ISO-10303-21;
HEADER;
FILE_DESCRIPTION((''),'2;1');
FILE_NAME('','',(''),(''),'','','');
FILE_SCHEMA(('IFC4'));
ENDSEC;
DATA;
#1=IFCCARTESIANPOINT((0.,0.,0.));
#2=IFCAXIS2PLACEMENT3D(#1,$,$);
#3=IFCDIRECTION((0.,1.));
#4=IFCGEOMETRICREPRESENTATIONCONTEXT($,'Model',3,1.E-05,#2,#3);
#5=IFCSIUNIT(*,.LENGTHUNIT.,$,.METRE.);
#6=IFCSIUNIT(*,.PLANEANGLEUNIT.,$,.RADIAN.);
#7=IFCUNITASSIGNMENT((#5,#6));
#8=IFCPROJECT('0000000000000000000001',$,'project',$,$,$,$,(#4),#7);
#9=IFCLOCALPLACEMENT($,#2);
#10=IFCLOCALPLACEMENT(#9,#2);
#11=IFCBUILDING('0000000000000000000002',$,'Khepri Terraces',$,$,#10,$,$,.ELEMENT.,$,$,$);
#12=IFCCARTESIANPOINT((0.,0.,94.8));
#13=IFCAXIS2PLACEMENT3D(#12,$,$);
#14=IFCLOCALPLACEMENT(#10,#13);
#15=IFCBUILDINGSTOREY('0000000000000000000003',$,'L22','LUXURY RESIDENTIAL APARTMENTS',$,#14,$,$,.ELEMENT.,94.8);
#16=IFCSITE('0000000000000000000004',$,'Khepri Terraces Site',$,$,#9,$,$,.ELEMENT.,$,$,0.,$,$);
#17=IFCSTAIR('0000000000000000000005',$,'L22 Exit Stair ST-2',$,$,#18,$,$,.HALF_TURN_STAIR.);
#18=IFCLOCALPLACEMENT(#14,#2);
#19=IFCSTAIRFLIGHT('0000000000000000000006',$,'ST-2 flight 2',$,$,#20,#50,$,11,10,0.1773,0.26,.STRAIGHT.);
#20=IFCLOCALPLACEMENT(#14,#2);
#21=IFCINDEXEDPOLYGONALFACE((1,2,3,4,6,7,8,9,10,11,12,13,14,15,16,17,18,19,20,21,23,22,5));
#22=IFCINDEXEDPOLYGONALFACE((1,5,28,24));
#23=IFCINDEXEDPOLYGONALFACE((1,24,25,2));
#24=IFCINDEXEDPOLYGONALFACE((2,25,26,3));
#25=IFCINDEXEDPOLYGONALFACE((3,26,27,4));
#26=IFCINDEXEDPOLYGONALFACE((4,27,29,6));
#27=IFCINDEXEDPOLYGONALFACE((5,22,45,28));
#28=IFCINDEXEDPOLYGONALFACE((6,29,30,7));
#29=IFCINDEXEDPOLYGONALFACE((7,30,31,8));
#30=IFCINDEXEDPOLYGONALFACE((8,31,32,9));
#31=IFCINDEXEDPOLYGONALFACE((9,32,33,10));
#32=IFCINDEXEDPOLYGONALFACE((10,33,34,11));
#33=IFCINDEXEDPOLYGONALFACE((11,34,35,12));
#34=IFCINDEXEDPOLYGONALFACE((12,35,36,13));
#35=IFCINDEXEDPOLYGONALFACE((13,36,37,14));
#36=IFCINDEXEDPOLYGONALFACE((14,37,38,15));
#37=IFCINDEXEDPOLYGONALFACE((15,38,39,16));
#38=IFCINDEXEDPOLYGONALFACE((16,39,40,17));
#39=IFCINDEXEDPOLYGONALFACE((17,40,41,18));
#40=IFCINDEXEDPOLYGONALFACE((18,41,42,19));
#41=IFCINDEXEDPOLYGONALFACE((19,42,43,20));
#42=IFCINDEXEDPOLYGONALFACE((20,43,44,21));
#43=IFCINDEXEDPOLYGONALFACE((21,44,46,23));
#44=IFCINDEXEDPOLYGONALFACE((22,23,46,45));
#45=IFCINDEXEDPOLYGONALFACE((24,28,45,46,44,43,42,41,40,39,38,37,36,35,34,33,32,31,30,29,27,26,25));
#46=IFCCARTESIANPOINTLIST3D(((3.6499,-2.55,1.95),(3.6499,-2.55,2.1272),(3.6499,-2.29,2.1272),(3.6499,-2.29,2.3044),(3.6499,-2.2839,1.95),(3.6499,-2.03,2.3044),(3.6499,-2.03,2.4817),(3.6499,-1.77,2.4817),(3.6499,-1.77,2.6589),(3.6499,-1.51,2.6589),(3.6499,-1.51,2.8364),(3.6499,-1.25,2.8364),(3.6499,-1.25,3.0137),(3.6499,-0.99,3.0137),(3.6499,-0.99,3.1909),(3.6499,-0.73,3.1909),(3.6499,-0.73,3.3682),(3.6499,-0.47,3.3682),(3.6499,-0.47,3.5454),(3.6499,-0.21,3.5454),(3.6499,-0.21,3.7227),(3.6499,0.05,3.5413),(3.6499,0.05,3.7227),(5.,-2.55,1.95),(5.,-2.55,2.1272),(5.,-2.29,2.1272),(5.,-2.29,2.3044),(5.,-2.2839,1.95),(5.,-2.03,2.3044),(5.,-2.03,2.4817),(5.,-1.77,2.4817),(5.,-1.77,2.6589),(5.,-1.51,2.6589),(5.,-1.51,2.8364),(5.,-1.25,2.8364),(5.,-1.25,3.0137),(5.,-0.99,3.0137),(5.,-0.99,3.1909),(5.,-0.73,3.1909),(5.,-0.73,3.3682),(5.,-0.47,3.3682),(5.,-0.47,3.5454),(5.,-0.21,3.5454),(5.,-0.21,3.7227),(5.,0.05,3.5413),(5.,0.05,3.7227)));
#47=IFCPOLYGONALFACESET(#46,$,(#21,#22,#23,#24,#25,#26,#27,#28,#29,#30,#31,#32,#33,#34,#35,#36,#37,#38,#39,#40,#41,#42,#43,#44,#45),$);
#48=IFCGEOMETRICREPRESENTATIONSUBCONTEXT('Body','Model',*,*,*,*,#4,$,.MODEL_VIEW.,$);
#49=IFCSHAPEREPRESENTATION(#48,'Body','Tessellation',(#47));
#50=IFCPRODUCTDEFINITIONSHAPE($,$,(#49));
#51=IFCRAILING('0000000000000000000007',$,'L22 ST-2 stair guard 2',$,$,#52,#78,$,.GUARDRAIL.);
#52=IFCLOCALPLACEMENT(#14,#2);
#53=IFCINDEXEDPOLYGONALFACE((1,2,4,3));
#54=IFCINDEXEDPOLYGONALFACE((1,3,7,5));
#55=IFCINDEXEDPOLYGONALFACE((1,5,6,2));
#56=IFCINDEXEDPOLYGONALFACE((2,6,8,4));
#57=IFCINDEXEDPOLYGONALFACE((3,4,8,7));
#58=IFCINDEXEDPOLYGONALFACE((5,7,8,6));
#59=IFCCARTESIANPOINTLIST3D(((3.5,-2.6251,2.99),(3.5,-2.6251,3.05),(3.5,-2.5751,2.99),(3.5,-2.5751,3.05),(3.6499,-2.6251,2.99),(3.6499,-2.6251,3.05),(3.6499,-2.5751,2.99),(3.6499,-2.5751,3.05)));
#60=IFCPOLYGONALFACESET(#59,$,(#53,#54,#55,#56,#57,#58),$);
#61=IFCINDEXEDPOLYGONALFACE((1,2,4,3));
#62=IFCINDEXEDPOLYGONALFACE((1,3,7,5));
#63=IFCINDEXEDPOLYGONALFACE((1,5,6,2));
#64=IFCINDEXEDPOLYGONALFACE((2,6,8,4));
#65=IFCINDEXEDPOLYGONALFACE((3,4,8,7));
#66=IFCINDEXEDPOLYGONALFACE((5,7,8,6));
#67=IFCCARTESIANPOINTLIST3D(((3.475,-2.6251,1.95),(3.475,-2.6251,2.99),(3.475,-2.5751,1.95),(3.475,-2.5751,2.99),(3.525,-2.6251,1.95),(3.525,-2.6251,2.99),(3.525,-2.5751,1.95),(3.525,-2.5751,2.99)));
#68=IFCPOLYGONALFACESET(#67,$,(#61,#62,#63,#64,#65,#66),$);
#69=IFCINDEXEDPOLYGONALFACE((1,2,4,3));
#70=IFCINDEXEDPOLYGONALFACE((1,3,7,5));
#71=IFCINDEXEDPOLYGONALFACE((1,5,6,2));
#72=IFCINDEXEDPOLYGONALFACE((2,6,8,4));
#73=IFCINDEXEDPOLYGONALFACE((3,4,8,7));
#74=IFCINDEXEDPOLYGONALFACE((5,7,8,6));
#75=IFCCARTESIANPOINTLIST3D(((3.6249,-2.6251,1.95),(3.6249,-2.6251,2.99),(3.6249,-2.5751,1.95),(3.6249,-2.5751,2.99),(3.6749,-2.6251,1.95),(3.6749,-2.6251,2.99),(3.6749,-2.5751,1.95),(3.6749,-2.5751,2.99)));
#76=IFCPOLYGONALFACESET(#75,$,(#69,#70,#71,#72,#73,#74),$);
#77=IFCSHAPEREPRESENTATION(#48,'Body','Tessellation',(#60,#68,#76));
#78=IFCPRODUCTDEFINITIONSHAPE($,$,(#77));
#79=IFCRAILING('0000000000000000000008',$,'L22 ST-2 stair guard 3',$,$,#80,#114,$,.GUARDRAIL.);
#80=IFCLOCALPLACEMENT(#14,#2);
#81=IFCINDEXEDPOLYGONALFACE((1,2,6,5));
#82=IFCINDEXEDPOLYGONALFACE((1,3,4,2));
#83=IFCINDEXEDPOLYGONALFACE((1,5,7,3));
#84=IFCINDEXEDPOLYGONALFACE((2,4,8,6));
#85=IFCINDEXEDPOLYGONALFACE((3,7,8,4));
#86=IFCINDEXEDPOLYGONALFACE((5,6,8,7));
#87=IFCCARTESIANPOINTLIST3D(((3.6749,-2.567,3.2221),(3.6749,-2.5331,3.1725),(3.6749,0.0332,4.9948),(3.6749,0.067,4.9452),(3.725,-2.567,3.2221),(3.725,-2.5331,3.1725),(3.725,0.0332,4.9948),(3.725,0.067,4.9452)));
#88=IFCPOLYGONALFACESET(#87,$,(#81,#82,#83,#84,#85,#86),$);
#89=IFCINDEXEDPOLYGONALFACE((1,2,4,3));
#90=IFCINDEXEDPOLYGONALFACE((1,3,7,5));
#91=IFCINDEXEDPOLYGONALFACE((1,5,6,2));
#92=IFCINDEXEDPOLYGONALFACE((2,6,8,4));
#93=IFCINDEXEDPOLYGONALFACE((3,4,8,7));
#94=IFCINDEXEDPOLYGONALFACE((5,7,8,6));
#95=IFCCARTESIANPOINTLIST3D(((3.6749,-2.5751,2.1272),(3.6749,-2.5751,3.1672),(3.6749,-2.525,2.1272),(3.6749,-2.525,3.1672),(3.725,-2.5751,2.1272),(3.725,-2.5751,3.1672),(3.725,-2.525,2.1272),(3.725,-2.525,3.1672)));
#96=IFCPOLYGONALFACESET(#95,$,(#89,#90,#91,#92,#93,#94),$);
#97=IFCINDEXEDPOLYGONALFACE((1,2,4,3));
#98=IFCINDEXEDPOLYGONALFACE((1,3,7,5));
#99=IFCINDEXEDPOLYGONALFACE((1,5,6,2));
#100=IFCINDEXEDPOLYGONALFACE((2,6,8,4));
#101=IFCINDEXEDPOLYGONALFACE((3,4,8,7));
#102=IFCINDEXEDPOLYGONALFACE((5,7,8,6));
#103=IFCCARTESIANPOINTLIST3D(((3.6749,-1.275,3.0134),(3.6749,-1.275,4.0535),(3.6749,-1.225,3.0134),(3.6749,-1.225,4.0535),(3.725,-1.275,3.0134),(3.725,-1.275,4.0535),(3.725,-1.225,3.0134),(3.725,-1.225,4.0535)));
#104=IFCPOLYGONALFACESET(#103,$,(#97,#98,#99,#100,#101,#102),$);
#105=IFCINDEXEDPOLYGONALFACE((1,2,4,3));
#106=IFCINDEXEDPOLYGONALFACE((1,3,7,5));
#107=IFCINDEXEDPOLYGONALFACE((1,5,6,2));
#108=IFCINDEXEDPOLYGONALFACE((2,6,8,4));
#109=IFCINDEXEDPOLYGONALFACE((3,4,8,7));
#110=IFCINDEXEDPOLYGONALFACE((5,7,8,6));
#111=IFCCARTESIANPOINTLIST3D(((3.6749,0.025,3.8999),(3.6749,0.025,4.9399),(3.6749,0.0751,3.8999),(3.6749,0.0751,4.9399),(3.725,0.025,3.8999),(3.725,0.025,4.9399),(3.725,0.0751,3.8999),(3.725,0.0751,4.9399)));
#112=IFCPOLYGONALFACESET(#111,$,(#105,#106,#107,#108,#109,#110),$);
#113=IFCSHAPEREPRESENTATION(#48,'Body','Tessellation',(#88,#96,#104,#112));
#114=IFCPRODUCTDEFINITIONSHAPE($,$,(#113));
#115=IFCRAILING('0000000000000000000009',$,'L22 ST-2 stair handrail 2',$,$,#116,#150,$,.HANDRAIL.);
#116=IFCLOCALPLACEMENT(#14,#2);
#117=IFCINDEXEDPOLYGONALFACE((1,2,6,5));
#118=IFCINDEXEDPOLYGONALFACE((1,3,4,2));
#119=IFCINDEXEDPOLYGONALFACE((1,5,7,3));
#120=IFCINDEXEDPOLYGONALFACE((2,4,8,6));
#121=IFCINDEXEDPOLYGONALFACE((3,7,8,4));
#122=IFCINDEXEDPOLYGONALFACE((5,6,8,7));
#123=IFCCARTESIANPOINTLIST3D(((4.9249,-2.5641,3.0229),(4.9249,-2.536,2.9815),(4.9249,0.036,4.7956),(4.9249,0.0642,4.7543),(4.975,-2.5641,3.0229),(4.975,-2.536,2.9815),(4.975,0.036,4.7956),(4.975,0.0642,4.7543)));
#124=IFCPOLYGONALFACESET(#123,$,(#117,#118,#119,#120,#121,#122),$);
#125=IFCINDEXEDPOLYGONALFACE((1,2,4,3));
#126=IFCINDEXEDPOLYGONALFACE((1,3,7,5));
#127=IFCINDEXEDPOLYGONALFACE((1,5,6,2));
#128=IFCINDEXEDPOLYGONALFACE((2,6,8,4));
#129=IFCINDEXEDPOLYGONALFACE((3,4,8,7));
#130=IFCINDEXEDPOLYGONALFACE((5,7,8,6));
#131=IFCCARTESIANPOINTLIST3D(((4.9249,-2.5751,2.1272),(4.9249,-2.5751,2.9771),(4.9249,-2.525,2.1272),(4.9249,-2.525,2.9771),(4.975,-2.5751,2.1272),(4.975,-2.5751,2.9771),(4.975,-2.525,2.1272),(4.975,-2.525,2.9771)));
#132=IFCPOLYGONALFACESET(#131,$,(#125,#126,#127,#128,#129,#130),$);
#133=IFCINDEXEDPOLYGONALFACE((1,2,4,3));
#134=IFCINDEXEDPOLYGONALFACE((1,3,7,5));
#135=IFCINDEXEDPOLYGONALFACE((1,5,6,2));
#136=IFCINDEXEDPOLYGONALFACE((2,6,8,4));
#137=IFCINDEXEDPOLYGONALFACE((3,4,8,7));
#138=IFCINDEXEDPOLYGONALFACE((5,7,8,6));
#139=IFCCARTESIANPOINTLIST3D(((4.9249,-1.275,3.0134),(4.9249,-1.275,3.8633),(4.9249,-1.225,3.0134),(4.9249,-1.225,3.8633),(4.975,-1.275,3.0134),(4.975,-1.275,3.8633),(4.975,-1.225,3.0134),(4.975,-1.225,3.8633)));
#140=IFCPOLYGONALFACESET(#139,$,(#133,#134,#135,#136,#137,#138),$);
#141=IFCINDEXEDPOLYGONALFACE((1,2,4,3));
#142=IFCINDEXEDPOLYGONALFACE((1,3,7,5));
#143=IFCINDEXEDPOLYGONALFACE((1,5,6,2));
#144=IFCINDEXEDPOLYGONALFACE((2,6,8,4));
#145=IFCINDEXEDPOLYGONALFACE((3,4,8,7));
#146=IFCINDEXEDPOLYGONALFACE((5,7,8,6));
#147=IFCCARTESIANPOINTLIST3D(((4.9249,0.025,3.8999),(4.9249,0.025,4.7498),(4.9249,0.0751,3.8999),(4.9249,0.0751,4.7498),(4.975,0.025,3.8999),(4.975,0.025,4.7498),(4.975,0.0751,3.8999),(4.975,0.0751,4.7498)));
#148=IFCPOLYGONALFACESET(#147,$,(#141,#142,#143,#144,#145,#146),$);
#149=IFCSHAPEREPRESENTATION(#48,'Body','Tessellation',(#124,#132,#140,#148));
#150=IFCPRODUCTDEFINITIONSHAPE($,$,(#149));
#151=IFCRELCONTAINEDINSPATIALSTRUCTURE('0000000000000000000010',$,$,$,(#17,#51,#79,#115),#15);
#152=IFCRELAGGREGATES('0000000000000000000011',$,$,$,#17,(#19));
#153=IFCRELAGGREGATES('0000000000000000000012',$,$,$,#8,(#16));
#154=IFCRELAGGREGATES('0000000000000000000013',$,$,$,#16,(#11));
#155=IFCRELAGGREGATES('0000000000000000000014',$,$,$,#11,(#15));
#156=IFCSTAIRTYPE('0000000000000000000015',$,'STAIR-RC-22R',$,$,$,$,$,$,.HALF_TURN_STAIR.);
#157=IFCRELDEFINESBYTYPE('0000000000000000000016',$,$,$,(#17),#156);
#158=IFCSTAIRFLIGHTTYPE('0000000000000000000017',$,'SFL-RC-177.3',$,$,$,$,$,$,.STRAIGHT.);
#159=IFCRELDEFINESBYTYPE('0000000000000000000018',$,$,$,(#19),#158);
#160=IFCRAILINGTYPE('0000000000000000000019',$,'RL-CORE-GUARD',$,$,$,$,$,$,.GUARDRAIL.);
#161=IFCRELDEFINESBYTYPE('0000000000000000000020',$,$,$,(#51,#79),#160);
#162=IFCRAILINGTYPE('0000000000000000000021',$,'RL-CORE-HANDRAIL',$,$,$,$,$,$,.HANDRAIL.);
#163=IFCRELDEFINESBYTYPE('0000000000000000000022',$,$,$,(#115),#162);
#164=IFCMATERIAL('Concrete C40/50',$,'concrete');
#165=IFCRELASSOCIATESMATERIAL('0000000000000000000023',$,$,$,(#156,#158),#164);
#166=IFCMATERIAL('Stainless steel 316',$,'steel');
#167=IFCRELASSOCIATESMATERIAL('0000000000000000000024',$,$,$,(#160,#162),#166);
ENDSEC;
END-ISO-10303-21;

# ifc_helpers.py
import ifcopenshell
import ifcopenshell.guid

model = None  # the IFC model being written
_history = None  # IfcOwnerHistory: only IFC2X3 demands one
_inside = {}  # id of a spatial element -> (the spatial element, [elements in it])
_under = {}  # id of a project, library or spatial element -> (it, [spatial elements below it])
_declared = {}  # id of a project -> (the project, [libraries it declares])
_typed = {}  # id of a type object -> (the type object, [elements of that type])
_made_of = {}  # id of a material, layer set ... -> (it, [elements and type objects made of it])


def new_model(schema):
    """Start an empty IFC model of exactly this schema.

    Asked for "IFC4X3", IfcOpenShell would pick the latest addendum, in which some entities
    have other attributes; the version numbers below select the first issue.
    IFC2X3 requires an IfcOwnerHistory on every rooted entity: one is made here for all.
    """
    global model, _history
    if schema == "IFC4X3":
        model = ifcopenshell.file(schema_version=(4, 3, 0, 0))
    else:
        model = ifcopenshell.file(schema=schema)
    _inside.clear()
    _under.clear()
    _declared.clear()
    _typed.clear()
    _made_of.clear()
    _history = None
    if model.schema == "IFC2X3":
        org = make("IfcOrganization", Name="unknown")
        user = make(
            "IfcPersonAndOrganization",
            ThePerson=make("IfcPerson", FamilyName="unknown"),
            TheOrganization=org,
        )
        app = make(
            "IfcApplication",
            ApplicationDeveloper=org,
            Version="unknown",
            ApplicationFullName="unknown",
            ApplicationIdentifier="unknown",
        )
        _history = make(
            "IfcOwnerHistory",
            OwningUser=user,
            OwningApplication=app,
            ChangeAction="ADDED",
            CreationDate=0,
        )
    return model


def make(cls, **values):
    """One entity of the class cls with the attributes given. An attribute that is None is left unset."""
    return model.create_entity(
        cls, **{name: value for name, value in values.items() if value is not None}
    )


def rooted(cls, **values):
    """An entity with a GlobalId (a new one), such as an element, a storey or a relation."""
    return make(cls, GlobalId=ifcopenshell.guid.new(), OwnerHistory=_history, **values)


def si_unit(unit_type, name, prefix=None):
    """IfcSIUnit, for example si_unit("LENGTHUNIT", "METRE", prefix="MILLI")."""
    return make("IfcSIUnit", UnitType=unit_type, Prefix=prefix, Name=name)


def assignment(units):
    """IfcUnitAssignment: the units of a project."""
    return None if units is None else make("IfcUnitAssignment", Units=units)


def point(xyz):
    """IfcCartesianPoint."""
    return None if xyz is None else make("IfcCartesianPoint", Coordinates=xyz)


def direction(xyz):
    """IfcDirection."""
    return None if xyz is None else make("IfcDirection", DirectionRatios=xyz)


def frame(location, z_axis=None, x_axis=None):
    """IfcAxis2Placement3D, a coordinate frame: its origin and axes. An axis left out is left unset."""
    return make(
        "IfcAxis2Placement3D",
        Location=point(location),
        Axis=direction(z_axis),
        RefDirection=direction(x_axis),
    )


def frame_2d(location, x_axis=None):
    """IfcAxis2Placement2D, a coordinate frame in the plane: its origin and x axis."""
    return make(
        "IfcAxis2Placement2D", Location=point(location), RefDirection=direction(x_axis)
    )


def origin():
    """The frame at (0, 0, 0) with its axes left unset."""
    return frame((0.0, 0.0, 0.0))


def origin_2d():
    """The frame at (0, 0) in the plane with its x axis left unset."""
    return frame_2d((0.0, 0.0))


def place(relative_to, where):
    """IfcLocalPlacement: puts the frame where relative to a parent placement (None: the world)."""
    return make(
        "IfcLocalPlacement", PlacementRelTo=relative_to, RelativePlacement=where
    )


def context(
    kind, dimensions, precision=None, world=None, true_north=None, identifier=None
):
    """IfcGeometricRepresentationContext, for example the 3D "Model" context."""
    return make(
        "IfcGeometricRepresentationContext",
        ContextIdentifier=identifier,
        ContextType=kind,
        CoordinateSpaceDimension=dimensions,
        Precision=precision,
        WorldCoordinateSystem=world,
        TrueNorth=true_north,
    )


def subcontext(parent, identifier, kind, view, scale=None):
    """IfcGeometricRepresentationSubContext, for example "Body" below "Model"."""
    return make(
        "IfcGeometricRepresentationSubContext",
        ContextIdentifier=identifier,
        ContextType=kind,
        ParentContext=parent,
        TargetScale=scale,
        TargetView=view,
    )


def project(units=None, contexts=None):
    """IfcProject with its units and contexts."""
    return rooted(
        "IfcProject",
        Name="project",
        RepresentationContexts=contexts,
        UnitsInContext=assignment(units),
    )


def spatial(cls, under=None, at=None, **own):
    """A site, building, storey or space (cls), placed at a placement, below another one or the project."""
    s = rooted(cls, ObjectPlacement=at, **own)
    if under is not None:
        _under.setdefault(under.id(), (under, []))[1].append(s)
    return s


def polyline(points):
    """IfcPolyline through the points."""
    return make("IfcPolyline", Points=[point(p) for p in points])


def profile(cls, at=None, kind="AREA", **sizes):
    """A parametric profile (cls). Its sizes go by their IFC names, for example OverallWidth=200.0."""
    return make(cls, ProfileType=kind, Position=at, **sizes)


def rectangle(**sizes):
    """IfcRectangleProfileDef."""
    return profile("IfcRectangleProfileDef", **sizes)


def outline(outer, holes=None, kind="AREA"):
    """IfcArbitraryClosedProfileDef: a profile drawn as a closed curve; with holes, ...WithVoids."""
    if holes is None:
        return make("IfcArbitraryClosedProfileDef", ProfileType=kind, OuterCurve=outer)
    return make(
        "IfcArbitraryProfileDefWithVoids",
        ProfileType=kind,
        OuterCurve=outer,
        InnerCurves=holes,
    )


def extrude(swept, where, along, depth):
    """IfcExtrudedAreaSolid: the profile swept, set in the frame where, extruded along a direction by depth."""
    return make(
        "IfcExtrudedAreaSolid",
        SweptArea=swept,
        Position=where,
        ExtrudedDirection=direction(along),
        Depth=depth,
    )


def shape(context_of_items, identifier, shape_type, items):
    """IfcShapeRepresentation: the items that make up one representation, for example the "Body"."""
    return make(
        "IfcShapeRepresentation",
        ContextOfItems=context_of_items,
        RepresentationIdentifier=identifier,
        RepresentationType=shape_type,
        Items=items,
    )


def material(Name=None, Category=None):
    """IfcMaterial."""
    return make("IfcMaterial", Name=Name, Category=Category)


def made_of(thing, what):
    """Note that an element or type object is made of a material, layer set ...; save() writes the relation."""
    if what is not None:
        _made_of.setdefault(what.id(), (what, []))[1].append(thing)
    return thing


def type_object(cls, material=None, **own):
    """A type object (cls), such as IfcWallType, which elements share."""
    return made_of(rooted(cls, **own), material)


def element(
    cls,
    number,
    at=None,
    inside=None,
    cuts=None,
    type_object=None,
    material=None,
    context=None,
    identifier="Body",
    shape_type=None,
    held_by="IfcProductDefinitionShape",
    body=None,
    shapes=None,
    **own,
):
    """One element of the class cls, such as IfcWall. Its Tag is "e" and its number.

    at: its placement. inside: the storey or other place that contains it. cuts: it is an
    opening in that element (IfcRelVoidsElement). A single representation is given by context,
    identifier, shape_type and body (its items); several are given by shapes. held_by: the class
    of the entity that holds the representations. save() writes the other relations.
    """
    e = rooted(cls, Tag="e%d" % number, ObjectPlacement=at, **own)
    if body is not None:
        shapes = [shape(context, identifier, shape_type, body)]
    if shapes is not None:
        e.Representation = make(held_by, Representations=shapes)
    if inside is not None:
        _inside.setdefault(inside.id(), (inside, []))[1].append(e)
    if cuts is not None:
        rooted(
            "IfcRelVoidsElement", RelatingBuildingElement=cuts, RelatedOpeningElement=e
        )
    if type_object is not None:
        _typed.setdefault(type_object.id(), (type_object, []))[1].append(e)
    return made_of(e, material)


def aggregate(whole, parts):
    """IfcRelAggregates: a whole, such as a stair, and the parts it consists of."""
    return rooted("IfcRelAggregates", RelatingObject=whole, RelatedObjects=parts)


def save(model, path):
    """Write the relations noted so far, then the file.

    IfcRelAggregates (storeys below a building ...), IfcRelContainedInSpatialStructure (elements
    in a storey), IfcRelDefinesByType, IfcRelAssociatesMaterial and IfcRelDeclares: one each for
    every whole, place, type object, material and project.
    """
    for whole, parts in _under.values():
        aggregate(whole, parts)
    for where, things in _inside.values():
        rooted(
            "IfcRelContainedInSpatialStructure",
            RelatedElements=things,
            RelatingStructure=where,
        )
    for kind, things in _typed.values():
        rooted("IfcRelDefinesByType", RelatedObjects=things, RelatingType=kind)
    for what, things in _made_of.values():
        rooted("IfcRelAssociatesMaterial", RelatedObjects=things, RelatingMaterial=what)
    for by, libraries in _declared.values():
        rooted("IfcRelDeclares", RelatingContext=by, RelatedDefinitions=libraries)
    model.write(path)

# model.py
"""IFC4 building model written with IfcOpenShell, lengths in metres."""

from ifc_helpers import new_model, si_unit, direction, frame, origin, origin_2d, place, context, subcontext, project, spatial, polyline, rectangle, outline, extrude, material, type_object, element, aggregate, save


model = new_model("IFC4")

# Units and contexts
model_context = context("Model", 3, precision=1e-05, world=origin(), true_north=direction((0.0, 1.0)))
body_context = subcontext(model_context, "Body", "Model", "MODEL_VIEW")
ifc_project = project(units=[si_unit("LENGTHUNIT", "METRE"), si_unit("PLANEANGLEUNIT", "RADIAN")], contexts=[model_context])

# Site, building, storey
site_placement = place(None, origin())
site = spatial("IfcSite", under=ifc_project, at=site_placement, Name="Khepri Terraces Site", CompositionType="ELEMENT", RefElevation=0.0)
building_placement = place(site_placement, origin())
building = spatial("IfcBuilding", under=site, at=building_placement, Name="Khepri Terraces", CompositionType="ELEMENT")
storey_placement = place(building_placement, frame((0.0, 0.0, 94.8)))
storey = spatial("IfcBuildingStorey", under=building, at=storey_placement, Name="L22", Description="LUXURY RESIDENTIAL APARTMENTS", CompositionType="ELEMENT", Elevation=94.8)

# Stair, stair flight
ifc_material_1 = material(Name="Concrete C40/50", Category="concrete")
stair_type = type_object("IfcStairType", Name="STAIR-RC-22R", PredefinedType="HALF_TURN_STAIR", material=ifc_material_1)
stair_placement = place(storey_placement, origin())
stair = element("IfcStair", 1, at=stair_placement, inside=storey, type_object=stair_type, Name="L22 Exit Stair ST-2", PredefinedType="HALF_TURN_STAIR")
stair_flight_type = type_object("IfcStairFlightType", Name="SFL-RC-177.3", PredefinedType="STRAIGHT", material=ifc_material_1)
stair_flight_placement = place(storey_placement, frame((4.325, -2.55, 1.95), z_axis=(0.0, 0.0, 1.0), x_axis=(0.0, 1.0, 0.0)))
stair_flight = element("IfcStairFlight", 2, at=stair_flight_placement, type_object=stair_flight_type, Name="ST-2 flight 2", NumberOfRisers=11, NumberOfTreads=10, PredefinedType="STRAIGHT", RiserHeight=0.1773, TreadLength=0.26, context=body_context, shape_type="SweptSolid", body=[
    extrude(outline(polyline([(0.0, 0.0), (0.0, 0.1772), (0.26, 0.1772), (0.26, 0.3545), (0.52, 0.3545), (0.52, 0.5317), (0.78, 0.5317), (0.78, 0.709), (1.04, 0.709), (1.04, 0.8865), (1.3, 0.8865), (1.3, 1.0637), (1.5601, 1.0637), (1.5601, 1.241), (1.8201, 1.241), (1.8201, 1.4182), (2.0801, 1.4182), (2.0801, 1.5955), (2.3401, 1.5955), (2.3401, 1.7727), (2.6001, 1.7727), (2.6001, 1.95), (2.6001, 1.5913), (0.2661, 0.0), (0.0, 0.0)])), frame((0.0, 0.675, 0.0), z_axis=(0.0, -1.0, 0.0), x_axis=(1.0, 0.0, 0.0)), (0.0, 0.0, 1.0), 1.3501),
])
aggregate(stair, [stair_flight])

# Railings
ifc_material_2 = material(Name="Stainless steel 316", Category="steel")
railing_type_1 = type_object("IfcRailingType", Name="RL-CORE-GUARD", PredefinedType="GUARDRAIL", material=ifc_material_2)
railing_1_placement = place(storey_placement, frame((3.5, -2.6001, 1.95)))
element("IfcRailing", 3, at=railing_1_placement, inside=storey, type_object=railing_type_1, Name="L22 ST-2 stair guard 2", PredefinedType="GUARDRAIL", context=body_context, shape_type="SweptSolid", body=[
    extrude(rectangle(XDim=0.05, YDim=0.0601, at=origin_2d()), frame((0.0, 0.0, 1.0701), z_axis=(1.0, 0.0, 0.0), x_axis=(0.0, 1.0, 0.0)), (0.0, 0.0, 1.0), 0.1499),
    extrude(rectangle(XDim=0.05, YDim=0.05, at=origin_2d()), origin(), (0.0, 0.0, 1.0), 1.04),
    extrude(rectangle(XDim=0.05, YDim=0.05, at=origin_2d()), frame((0.1499, 0.0, 0.0)), (0.0, 0.0, 1.0), 1.04),
])
railing_2_placement = place(storey_placement, frame((3.7, -2.55, 2.1272)))
element("IfcRailing", 4, at=railing_2_placement, inside=storey, type_object=railing_type_1, Name="L22 ST-2 stair guard 3", PredefinedType="GUARDRAIL", context=body_context, shape_type="SweptSolid", body=[
    extrude(rectangle(XDim=0.05, YDim=0.0601, at=origin_2d()), frame((0.0, 0.0, 1.0701), z_axis=(0.0, 0.82624, 0.563318), x_axis=(-1.0, 0.0, 0.0)), (0.0, 0.0, 1.0), 3.147),
    extrude(rectangle(XDim=0.05, YDim=0.05, at=origin_2d()), origin(), (0.0, 0.0, 1.0), 1.04),
    extrude(rectangle(XDim=0.05, YDim=0.05, at=origin_2d()), frame((0.0, 1.3, 0.8862)), (0.0, 0.0, 1.0), 1.04),
    extrude(rectangle(XDim=0.05, YDim=0.05, at=origin_2d()), frame((0.0, 2.6001, 1.7727)), (0.0, 0.0, 1.0), 1.04),
])
railing_type_2 = type_object("IfcRailingType", Name="RL-CORE-HANDRAIL", PredefinedType="HANDRAIL", material=ifc_material_2)
railing_3_placement = place(storey_placement, frame((4.95, -2.55, 2.1272)))
element("IfcRailing", 5, at=railing_3_placement, inside=storey, type_object=railing_type_2, Name="L22 ST-2 stair handrail 2", PredefinedType="HANDRAIL", context=body_context, shape_type="SweptSolid", body=[
    extrude(rectangle(XDim=0.05, YDim=0.05, at=origin_2d()), frame((0.0, 0.0, 0.875), z_axis=(0.0, 0.82624, 0.563318), x_axis=(-1.0, 0.0, 0.0)), (0.0, 0.0, 1.0), 3.147),
    extrude(rectangle(XDim=0.05, YDim=0.05, at=origin_2d()), origin(), (0.0, 0.0, 1.0), 0.8499),
    extrude(rectangle(XDim=0.05, YDim=0.05, at=origin_2d()), frame((0.0, 1.3, 0.8862)), (0.0, 0.0, 1.0), 0.8499),
    extrude(rectangle(XDim=0.05, YDim=0.05, at=origin_2d()), frame((0.0, 2.6001, 1.7727)), (0.0, 0.0, 1.0), 0.8499),
])

save(model, "model.ifc")
